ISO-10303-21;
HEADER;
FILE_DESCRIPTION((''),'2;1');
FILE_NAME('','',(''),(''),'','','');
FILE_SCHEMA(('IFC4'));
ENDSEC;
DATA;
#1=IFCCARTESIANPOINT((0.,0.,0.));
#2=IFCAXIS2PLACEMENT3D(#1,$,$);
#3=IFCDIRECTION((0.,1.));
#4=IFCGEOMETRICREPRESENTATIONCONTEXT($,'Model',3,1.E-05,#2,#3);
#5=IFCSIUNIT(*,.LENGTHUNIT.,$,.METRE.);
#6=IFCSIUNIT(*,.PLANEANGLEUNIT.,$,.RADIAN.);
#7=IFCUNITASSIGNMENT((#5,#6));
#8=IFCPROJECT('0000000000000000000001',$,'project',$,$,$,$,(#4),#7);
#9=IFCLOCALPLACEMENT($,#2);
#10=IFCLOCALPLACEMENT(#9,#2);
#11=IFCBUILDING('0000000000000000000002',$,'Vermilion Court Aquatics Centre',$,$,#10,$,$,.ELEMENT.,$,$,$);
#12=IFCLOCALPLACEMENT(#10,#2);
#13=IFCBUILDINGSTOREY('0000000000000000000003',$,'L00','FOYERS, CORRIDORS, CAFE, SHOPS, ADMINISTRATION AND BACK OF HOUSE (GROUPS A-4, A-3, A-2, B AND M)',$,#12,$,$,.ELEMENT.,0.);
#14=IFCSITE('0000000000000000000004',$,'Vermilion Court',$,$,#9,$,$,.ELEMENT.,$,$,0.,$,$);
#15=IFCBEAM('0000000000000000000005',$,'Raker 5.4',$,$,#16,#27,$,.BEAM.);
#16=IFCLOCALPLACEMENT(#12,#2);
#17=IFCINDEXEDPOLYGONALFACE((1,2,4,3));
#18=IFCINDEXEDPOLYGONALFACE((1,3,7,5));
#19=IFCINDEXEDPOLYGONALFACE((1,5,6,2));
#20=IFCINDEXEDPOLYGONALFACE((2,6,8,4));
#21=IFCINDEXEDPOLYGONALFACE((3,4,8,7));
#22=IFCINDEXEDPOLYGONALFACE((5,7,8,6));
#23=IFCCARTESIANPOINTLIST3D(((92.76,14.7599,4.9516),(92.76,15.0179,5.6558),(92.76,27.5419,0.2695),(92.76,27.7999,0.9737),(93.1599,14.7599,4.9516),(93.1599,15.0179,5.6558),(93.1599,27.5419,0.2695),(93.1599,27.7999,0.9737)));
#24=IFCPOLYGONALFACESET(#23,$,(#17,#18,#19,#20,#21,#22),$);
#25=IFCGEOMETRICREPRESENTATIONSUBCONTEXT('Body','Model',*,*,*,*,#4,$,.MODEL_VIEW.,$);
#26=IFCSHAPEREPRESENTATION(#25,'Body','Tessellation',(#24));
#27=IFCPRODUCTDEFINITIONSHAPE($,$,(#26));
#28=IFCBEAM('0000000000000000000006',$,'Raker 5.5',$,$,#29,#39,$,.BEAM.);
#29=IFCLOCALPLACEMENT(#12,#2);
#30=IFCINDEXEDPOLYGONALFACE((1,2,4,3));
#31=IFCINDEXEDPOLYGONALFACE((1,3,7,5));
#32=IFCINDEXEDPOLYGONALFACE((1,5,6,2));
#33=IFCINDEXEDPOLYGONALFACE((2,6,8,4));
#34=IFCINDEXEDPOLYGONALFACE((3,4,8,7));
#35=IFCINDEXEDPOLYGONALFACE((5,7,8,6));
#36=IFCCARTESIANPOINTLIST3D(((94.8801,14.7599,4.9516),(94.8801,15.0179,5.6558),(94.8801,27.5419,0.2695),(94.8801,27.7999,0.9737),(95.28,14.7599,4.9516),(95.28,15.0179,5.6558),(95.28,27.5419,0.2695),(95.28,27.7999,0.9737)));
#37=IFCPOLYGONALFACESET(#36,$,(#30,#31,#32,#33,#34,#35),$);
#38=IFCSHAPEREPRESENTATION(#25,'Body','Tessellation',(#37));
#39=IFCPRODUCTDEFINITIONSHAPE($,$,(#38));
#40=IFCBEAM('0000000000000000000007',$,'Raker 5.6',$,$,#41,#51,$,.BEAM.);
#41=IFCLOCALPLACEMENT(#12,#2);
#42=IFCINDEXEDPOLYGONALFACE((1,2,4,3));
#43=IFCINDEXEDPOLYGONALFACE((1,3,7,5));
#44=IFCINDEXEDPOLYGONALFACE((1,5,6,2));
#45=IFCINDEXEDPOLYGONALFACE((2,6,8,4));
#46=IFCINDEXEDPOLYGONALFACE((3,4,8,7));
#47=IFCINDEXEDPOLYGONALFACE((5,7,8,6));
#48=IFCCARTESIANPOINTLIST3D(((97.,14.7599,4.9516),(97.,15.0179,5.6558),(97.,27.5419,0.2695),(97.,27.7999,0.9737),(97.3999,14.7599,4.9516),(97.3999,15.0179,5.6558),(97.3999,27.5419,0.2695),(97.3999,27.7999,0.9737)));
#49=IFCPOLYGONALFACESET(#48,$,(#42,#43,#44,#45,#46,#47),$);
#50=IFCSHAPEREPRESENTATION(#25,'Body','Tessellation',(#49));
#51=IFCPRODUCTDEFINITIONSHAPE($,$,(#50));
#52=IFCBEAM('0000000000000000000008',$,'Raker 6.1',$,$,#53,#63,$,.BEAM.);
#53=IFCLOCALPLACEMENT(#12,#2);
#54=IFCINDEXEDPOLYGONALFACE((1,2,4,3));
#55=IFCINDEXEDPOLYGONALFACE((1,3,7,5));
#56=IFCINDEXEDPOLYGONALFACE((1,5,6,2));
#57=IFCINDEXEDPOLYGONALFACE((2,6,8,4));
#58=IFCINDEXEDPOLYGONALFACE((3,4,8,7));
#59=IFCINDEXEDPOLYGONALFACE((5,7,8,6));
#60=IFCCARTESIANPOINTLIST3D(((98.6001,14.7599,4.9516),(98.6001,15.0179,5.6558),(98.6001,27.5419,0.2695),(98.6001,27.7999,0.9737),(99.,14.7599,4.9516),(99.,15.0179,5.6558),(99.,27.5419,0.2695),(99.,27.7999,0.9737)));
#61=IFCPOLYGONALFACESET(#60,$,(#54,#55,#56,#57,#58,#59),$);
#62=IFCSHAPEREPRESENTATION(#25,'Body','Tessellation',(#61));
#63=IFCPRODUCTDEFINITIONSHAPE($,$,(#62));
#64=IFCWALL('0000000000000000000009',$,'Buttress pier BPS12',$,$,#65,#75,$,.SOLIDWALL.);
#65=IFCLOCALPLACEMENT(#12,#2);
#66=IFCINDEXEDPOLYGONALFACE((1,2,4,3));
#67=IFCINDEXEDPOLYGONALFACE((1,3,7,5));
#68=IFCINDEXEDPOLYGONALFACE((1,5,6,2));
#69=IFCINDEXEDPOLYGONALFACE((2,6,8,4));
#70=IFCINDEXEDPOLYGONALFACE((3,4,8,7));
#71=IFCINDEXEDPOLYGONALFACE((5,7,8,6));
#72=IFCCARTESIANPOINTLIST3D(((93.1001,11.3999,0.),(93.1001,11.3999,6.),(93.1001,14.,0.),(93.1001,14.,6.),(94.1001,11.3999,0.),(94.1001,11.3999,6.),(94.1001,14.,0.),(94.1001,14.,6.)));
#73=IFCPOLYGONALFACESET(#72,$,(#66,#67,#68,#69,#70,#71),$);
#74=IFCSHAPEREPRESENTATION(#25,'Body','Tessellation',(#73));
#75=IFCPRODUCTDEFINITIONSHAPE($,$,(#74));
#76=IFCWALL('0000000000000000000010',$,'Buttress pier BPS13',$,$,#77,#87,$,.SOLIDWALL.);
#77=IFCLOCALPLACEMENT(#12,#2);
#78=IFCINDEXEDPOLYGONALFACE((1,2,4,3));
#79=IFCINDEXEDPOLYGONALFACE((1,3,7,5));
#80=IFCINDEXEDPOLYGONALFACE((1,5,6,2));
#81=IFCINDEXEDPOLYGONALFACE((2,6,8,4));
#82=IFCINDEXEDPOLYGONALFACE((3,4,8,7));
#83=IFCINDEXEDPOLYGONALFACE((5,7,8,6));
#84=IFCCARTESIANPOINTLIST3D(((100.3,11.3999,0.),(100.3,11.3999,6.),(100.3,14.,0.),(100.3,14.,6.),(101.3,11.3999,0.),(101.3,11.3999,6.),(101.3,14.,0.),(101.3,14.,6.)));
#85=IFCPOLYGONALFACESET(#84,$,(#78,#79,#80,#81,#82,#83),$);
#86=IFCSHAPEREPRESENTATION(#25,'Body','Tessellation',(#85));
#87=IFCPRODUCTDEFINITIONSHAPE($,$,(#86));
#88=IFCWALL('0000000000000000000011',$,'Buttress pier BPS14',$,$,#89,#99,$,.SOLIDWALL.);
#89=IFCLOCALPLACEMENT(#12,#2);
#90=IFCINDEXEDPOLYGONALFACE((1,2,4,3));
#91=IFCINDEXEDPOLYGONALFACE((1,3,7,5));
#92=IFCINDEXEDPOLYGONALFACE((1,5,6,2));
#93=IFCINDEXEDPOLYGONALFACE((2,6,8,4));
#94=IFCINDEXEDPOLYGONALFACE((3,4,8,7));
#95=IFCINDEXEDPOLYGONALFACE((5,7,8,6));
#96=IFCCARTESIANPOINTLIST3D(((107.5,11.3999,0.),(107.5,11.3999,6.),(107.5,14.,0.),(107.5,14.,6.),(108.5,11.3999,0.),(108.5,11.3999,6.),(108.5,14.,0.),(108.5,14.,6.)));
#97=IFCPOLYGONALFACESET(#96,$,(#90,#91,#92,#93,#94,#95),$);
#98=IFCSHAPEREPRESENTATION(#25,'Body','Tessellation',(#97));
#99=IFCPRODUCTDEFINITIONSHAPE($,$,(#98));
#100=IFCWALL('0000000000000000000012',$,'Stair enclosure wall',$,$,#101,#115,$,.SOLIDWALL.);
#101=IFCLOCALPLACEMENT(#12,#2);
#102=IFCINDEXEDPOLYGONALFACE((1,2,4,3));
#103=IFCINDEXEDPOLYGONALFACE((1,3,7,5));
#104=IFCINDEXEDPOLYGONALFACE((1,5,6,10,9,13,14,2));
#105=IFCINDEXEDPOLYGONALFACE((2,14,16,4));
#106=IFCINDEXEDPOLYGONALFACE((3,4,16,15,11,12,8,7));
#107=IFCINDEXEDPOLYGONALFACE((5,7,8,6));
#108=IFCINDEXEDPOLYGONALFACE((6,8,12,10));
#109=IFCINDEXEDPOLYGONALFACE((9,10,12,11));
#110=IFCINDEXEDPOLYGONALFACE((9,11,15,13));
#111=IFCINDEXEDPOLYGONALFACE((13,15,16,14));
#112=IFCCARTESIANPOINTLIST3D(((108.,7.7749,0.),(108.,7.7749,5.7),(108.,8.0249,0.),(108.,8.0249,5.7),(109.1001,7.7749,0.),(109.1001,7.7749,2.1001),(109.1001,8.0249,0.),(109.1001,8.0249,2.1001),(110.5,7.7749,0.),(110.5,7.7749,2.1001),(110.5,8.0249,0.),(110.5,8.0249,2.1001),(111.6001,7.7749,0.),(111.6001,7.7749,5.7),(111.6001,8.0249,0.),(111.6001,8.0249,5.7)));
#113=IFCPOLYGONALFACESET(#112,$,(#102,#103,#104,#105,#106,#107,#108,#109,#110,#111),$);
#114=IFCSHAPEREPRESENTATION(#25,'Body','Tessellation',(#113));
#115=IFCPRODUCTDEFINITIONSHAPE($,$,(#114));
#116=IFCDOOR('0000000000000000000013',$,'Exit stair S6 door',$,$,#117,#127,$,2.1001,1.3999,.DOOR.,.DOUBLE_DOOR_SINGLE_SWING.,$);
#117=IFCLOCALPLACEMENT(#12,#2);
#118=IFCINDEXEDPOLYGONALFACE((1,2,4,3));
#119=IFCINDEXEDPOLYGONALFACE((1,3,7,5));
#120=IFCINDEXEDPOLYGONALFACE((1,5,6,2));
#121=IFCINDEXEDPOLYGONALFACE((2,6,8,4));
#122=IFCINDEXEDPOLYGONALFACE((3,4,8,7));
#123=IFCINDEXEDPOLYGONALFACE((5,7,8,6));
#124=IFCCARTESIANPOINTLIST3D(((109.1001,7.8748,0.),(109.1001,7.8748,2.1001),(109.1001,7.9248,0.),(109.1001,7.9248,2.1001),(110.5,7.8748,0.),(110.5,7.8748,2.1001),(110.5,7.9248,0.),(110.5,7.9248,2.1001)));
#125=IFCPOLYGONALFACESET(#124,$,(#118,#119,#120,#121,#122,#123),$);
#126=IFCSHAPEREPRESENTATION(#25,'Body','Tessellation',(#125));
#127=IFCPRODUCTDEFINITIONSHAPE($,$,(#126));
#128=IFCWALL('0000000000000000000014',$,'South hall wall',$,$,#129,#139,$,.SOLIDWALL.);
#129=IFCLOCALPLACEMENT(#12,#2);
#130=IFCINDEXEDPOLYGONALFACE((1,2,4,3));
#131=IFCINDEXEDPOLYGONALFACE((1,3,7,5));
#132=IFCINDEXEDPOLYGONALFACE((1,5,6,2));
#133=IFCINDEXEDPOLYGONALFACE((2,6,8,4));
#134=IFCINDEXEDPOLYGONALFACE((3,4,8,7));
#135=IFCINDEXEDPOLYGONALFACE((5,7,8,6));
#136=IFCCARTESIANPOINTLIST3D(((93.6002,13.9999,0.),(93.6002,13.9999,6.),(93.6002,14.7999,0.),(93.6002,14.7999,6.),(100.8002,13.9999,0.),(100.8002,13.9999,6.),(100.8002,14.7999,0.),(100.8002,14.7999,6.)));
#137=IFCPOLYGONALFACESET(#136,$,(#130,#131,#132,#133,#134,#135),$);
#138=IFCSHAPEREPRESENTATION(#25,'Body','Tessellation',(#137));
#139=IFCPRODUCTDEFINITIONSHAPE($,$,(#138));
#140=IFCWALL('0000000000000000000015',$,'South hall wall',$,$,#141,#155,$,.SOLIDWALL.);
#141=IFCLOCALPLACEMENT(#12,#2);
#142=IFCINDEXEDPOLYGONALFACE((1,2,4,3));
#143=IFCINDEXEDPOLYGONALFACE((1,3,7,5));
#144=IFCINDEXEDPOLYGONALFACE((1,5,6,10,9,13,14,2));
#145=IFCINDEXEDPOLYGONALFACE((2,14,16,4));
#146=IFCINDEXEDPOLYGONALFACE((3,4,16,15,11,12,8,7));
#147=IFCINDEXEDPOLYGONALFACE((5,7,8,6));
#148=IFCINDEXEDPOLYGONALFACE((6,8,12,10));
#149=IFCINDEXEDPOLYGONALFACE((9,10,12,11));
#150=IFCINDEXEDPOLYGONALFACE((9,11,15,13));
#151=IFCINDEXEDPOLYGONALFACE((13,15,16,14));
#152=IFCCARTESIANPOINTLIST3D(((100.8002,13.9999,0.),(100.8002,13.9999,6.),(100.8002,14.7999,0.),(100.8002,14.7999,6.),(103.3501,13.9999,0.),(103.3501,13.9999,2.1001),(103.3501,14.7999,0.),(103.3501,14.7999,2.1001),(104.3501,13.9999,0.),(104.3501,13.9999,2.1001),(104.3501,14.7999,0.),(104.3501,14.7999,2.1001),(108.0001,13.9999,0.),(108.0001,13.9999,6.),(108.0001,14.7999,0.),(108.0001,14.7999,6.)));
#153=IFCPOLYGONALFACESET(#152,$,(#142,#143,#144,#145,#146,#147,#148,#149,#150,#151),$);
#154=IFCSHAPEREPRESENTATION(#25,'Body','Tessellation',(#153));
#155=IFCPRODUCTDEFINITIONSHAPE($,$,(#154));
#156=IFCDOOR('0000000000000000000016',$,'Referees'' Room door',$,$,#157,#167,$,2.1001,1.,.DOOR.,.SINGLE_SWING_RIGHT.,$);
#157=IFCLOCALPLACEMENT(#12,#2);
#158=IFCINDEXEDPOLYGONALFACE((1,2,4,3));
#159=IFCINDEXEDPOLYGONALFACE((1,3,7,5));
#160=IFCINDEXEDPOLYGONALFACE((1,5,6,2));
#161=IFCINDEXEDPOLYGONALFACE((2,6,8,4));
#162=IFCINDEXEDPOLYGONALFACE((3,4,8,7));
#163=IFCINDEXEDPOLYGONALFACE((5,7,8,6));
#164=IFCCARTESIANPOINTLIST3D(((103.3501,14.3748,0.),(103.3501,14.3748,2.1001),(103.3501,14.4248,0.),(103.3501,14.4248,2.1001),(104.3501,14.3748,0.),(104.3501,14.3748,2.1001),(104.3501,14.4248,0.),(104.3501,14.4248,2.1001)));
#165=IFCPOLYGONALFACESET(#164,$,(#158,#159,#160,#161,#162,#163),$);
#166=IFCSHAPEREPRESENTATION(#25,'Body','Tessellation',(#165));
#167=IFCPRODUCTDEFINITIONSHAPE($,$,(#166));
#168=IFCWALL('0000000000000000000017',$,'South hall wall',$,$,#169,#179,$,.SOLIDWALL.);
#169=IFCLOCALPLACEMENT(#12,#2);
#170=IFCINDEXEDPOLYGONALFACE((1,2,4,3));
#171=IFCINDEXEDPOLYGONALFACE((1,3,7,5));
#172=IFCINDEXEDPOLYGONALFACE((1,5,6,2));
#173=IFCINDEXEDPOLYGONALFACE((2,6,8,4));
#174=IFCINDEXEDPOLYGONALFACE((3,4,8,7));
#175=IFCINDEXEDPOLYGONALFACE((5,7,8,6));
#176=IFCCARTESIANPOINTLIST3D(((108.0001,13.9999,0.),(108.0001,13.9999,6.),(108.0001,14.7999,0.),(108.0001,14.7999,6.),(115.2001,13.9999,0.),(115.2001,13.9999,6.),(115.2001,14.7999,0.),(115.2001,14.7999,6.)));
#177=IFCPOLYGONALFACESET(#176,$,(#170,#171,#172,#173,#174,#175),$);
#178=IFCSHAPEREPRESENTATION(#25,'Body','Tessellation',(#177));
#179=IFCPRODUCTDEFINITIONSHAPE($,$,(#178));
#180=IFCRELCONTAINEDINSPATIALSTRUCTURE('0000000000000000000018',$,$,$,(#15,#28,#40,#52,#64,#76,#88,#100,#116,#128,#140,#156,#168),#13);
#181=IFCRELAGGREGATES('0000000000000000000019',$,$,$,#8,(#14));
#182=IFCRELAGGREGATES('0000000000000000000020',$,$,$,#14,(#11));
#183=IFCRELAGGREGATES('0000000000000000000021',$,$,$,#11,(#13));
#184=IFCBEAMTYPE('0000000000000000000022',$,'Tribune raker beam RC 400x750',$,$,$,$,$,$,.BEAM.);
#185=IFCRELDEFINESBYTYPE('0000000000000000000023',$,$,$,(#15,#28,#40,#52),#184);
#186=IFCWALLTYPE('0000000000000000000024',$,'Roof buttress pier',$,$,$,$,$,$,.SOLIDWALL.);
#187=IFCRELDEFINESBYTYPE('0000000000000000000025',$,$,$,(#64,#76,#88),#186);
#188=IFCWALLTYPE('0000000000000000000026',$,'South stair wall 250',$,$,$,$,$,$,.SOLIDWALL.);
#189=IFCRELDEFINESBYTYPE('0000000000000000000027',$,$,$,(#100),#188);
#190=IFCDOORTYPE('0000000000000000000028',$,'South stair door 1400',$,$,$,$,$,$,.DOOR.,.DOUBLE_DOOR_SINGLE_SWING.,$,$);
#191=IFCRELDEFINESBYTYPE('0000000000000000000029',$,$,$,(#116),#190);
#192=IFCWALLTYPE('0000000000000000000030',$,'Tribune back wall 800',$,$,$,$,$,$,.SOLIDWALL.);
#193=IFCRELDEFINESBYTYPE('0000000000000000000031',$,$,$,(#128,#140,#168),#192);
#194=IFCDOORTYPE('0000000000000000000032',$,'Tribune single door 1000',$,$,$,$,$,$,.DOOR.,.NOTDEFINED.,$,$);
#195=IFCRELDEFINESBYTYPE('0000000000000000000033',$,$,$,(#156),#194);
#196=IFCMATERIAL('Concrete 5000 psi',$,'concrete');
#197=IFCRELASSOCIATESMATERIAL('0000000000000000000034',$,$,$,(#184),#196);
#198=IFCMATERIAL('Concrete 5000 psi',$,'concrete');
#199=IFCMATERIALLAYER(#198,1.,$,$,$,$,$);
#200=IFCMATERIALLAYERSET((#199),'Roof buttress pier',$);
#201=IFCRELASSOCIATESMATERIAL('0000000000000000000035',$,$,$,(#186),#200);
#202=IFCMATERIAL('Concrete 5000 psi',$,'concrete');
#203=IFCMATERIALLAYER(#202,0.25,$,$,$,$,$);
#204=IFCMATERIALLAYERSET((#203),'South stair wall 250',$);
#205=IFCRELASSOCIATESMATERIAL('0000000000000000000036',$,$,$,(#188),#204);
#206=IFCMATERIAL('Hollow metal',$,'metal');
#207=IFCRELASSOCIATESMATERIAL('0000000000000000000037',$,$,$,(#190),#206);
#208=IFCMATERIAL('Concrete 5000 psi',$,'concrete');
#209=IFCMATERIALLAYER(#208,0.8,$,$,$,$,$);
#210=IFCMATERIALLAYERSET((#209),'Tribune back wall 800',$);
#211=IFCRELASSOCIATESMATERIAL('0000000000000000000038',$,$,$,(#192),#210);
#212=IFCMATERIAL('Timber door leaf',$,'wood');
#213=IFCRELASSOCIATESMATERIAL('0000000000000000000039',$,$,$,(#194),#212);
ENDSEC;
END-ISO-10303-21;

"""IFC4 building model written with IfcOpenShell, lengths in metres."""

from ifc_helpers import new_model, si_unit, direction, frame, frame_2d, origin, origin_2d, place, context, subcontext, project, spatial, rectangle, extrude, material, layer, layer_set, material_profile, profile_set, type_object, element, fill, save


model = new_model("IFC4")

# Units and contexts
model_context = context("Model", 3, precision=1e-05, world=origin(), true_north=direction((0.0, 1.0)))
body_context = subcontext(model_context, "Body", "Model", "MODEL_VIEW")
ifc_project = project(units=[si_unit("LENGTHUNIT", "METRE"), si_unit("PLANEANGLEUNIT", "RADIAN")], contexts=[model_context])

# Site, building, storey
site_placement = place(None, origin())
site = spatial("IfcSite", under=ifc_project, at=site_placement, Name="Vermilion Court", CompositionType="ELEMENT", RefElevation=0.0)
building_placement = place(site_placement, origin())
building = spatial("IfcBuilding", under=site, at=building_placement, Name="Vermilion Court Aquatics Centre", CompositionType="ELEMENT")
storey_placement = place(building_placement, origin())
storey = spatial("IfcBuildingStorey", under=building, at=storey_placement, Name="L00", Description="FOYERS, CORRIDORS, CAFE, SHOPS, ADMINISTRATION AND BACK OF HOUSE (GROUPS A-4, A-3, A-2, B AND M)", CompositionType="ELEMENT", Elevation=0.0)

# Beams
ifc_material_1 = material(Name="Concrete 5000 psi", Category="concrete")
ifc_material_profile = material_profile(ifc_material_1, rectangle(XDim=0.3999, YDim=0.75, at=origin_2d()), Name="RC 400x750")
ifc_profile_set = profile_set([ifc_material_profile], Name="Concrete 5000 psi")
beam_type = type_object("IfcBeamType", Name="Tribune raker beam RC 400x750", PredefinedType="BEAM", material=ifc_profile_set)
for number, where, z_axis, x_axis, name in (
    (1, (92.96, 27.6709, 0.6216), (0.0, -0.938985, 0.343957), (1.0, 0.0, 0.0), "Raker 5.4"),
    (2, (95.0801, 27.6709, 0.6216), (0.0, -0.938985, 0.343957), (1.0, 0.0, 0.0), "Raker 5.5"),
    (3, (97.2, 27.6709, 0.6216), (0.0, -0.938985, 0.343957), (1.0, 0.0, 0.0), "Raker 5.6"),
    (4, (98.8, 27.6709, 0.6216), (0.0, -0.938985, 0.343957), (1.0, 0.0, 0.0), "Raker 6.1"),
):
    element("IfcBeam", number, at=place(storey_placement, frame(where, z_axis=z_axis, x_axis=x_axis)), inside=storey, type_object=beam_type, Name=name, PredefinedType="BEAM", context=body_context, shape_type="SweptSolid", body=[
        extrude(rectangle(XDim=0.3999, YDim=0.75, at=origin_2d()), origin(), (0.0, 0.0, 1.0), 13.6125),
    ])

# Walls
ifc_material_2 = material(Name="Concrete 5000 psi", Category="concrete")
ifc_layer_1 = layer(ifc_material_2, 1.0)
ifc_layer_set_1 = layer_set([ifc_layer_1], Name="Roof buttress pier")
wall_type_1 = type_object("IfcWallType", Name="Roof buttress pier", PredefinedType="SOLIDWALL", material=ifc_layer_set_1)
for number, where, z_axis, x_axis, name in (
    (5, (93.6001, 11.3999, 0.0), (0.0, 0.0, 1.0), (0.0, 1.0, 0.0), "Buttress pier BPS12"),
    (6, (100.8, 11.3999, 0.0), (0.0, 0.0, 1.0), (0.0, 1.0, 0.0), "Buttress pier BPS13"),
    (7, (108.0, 11.3999, 0.0), (0.0, 0.0, 1.0), (0.0, 1.0, 0.0), "Buttress pier BPS14"),
):
    element("IfcWall", number, at=place(storey_placement, frame(where, z_axis=z_axis, x_axis=x_axis)), inside=storey, type_object=wall_type_1, Name=name, PredefinedType="SOLIDWALL", context=body_context, shape_type="SweptSolid", body=[
        extrude(rectangle(XDim=2.6001, YDim=1.0, at=frame_2d((1.3, 0.0))), origin(), (0.0, 0.0, 1.0), 6.0),
    ])

# Wall, opening, door
ifc_material_3 = material(Name="Concrete 5000 psi", Category="concrete")
ifc_layer_2 = layer(ifc_material_3, 0.25)
ifc_layer_set_2 = layer_set([ifc_layer_2], Name="South stair wall 250")
wall_type_2 = type_object("IfcWallType", Name="South stair wall 250", PredefinedType="SOLIDWALL", material=ifc_layer_set_2)
wall_1_placement = place(storey_placement, frame((108.0, 7.8999, 0.0), z_axis=(0.0, 0.0, 1.0), x_axis=(1.0, 0.0, 0.0)))
wall_1 = element("IfcWall", 8, at=wall_1_placement, inside=storey, type_object=wall_type_2, Name="Stair enclosure wall", PredefinedType="SOLIDWALL", context=body_context, shape_type="SweptSolid", body=[
    extrude(rectangle(XDim=3.6001, YDim=0.25, at=frame_2d((1.8, 0.0))), origin(), (0.0, 0.0, 1.0), 5.7),
])
opening_1_placement = place(wall_1_placement, frame((1.1001, 0.0, 0.0)))
opening_1 = element("IfcOpeningElement", 9, at=opening_1_placement, cuts=wall_1, PredefinedType="OPENING", context=body_context, shape_type="SweptSolid", body=[
    extrude(rectangle(XDim=1.3999, YDim=2.1001, at=frame_2d((0.7, 1.05))), frame((0.0, 0.135, 0.0), z_axis=(0.0, -1.0, 0.0), x_axis=(1.0, 0.0, 0.0)), (0.0, 0.0, 1.0), 0.27),
])
ifc_material_4 = material(Name="Hollow metal", Category="metal")
door_type_1 = type_object("IfcDoorType", Name="South stair door 1400", OperationType="DOUBLE_DOOR_SINGLE_SWING", PredefinedType="DOOR", material=ifc_material_4)
door_1_placement = place(opening_1_placement, origin())
door_1 = element("IfcDoor", 10, at=door_1_placement, inside=storey, type_object=door_type_1, Name="Exit stair S6 door", OperationType="DOUBLE_DOOR_SINGLE_SWING", OverallHeight=2.1001, OverallWidth=1.3999, PredefinedType="DOOR", context=body_context, shape_type="SweptSolid", body=[
    extrude(rectangle(XDim=1.3999, YDim=2.1001, at=frame_2d((0.7, 1.05))), frame((0.0, 0.0249, 0.0), z_axis=(0.0, -1.0, 0.0), x_axis=(1.0, 0.0, 0.0)), (0.0, 0.0, 1.0), 0.05),
])
fill(opening_1, door_1)

# Wall
ifc_material_5 = material(Name="Concrete 5000 psi", Category="concrete")
ifc_layer_3 = layer(ifc_material_5, 0.8)
ifc_layer_set_3 = layer_set([ifc_layer_3], Name="Tribune back wall 800")
wall_type_3 = type_object("IfcWallType", Name="Tribune back wall 800", PredefinedType="SOLIDWALL", material=ifc_layer_set_3)
wall_2_placement = place(storey_placement, frame((93.6001, 14.3999, 0.0), z_axis=(0.0, 0.0, 1.0), x_axis=(1.0, 0.0, 0.0)))
element("IfcWall", 11, at=wall_2_placement, inside=storey, type_object=wall_type_3, Name="South hall wall", PredefinedType="SOLIDWALL", context=body_context, shape_type="SweptSolid", body=[
    extrude(rectangle(XDim=7.2, YDim=0.8, at=frame_2d((3.6001, 0.0))), origin(), (0.0, 0.0, 1.0), 6.0),
])

# Wall, opening, door
wall_3_placement = place(storey_placement, frame((100.8, 14.3999, 0.0), z_axis=(0.0, 0.0, 1.0), x_axis=(1.0, 0.0, 0.0)))
wall_3 = element("IfcWall", 12, at=wall_3_placement, inside=storey, type_object=wall_type_3, Name="South hall wall", PredefinedType="SOLIDWALL", context=body_context, shape_type="SweptSolid", body=[
    extrude(rectangle(XDim=7.2, YDim=0.8, at=frame_2d((3.6001, 0.0))), origin(), (0.0, 0.0, 1.0), 6.0),
])
opening_2_placement = place(wall_3_placement, frame((2.55, 0.0, 0.0)))
opening_2 = element("IfcOpeningElement", 13, at=opening_2_placement, cuts=wall_3, PredefinedType="OPENING", context=body_context, shape_type="SweptSolid", body=[
    extrude(rectangle(XDim=1.0, YDim=2.1001, at=frame_2d((0.5, 1.05))), frame((0.0, 0.4099, 0.0), z_axis=(0.0, -1.0, 0.0), x_axis=(1.0, 0.0, 0.0)), (0.0, 0.0, 1.0), 0.8201),
])
ifc_material_6 = material(Name="Timber door leaf", Category="wood")
door_type_2 = type_object("IfcDoorType", Name="Tribune single door 1000", OperationType="NOTDEFINED", PredefinedType="DOOR", material=ifc_material_6)
door_2_placement = place(opening_2_placement, origin())
door_2 = element("IfcDoor", 14, at=door_2_placement, inside=storey, type_object=door_type_2, Name="Referees' Room door", OperationType="SINGLE_SWING_RIGHT", OverallHeight=2.1001, OverallWidth=1.0, PredefinedType="DOOR", context=body_context, shape_type="SweptSolid", body=[
    extrude(rectangle(XDim=1.0, YDim=2.1001, at=frame_2d((0.5, 1.05))), frame((0.0, 0.0249, 0.0), z_axis=(0.0, -1.0, 0.0), x_axis=(1.0, 0.0, 0.0)), (0.0, 0.0, 1.0), 0.05),
])
fill(opening_2, door_2)

# Wall
wall_4_placement = place(storey_placement, frame((108.0, 14.3999, 0.0), z_axis=(0.0, 0.0, 1.0), x_axis=(1.0, 0.0, 0.0)))
element("IfcWall", 15, at=wall_4_placement, inside=storey, type_object=wall_type_3, Name="South hall wall", PredefinedType="SOLIDWALL", context=body_context, shape_type="SweptSolid", body=[
    extrude(rectangle(XDim=7.2, YDim=0.8, at=frame_2d((3.6001, 0.0))), origin(), (0.0, 0.0, 1.0), 6.0),
])

save(model, "model.ifc")
